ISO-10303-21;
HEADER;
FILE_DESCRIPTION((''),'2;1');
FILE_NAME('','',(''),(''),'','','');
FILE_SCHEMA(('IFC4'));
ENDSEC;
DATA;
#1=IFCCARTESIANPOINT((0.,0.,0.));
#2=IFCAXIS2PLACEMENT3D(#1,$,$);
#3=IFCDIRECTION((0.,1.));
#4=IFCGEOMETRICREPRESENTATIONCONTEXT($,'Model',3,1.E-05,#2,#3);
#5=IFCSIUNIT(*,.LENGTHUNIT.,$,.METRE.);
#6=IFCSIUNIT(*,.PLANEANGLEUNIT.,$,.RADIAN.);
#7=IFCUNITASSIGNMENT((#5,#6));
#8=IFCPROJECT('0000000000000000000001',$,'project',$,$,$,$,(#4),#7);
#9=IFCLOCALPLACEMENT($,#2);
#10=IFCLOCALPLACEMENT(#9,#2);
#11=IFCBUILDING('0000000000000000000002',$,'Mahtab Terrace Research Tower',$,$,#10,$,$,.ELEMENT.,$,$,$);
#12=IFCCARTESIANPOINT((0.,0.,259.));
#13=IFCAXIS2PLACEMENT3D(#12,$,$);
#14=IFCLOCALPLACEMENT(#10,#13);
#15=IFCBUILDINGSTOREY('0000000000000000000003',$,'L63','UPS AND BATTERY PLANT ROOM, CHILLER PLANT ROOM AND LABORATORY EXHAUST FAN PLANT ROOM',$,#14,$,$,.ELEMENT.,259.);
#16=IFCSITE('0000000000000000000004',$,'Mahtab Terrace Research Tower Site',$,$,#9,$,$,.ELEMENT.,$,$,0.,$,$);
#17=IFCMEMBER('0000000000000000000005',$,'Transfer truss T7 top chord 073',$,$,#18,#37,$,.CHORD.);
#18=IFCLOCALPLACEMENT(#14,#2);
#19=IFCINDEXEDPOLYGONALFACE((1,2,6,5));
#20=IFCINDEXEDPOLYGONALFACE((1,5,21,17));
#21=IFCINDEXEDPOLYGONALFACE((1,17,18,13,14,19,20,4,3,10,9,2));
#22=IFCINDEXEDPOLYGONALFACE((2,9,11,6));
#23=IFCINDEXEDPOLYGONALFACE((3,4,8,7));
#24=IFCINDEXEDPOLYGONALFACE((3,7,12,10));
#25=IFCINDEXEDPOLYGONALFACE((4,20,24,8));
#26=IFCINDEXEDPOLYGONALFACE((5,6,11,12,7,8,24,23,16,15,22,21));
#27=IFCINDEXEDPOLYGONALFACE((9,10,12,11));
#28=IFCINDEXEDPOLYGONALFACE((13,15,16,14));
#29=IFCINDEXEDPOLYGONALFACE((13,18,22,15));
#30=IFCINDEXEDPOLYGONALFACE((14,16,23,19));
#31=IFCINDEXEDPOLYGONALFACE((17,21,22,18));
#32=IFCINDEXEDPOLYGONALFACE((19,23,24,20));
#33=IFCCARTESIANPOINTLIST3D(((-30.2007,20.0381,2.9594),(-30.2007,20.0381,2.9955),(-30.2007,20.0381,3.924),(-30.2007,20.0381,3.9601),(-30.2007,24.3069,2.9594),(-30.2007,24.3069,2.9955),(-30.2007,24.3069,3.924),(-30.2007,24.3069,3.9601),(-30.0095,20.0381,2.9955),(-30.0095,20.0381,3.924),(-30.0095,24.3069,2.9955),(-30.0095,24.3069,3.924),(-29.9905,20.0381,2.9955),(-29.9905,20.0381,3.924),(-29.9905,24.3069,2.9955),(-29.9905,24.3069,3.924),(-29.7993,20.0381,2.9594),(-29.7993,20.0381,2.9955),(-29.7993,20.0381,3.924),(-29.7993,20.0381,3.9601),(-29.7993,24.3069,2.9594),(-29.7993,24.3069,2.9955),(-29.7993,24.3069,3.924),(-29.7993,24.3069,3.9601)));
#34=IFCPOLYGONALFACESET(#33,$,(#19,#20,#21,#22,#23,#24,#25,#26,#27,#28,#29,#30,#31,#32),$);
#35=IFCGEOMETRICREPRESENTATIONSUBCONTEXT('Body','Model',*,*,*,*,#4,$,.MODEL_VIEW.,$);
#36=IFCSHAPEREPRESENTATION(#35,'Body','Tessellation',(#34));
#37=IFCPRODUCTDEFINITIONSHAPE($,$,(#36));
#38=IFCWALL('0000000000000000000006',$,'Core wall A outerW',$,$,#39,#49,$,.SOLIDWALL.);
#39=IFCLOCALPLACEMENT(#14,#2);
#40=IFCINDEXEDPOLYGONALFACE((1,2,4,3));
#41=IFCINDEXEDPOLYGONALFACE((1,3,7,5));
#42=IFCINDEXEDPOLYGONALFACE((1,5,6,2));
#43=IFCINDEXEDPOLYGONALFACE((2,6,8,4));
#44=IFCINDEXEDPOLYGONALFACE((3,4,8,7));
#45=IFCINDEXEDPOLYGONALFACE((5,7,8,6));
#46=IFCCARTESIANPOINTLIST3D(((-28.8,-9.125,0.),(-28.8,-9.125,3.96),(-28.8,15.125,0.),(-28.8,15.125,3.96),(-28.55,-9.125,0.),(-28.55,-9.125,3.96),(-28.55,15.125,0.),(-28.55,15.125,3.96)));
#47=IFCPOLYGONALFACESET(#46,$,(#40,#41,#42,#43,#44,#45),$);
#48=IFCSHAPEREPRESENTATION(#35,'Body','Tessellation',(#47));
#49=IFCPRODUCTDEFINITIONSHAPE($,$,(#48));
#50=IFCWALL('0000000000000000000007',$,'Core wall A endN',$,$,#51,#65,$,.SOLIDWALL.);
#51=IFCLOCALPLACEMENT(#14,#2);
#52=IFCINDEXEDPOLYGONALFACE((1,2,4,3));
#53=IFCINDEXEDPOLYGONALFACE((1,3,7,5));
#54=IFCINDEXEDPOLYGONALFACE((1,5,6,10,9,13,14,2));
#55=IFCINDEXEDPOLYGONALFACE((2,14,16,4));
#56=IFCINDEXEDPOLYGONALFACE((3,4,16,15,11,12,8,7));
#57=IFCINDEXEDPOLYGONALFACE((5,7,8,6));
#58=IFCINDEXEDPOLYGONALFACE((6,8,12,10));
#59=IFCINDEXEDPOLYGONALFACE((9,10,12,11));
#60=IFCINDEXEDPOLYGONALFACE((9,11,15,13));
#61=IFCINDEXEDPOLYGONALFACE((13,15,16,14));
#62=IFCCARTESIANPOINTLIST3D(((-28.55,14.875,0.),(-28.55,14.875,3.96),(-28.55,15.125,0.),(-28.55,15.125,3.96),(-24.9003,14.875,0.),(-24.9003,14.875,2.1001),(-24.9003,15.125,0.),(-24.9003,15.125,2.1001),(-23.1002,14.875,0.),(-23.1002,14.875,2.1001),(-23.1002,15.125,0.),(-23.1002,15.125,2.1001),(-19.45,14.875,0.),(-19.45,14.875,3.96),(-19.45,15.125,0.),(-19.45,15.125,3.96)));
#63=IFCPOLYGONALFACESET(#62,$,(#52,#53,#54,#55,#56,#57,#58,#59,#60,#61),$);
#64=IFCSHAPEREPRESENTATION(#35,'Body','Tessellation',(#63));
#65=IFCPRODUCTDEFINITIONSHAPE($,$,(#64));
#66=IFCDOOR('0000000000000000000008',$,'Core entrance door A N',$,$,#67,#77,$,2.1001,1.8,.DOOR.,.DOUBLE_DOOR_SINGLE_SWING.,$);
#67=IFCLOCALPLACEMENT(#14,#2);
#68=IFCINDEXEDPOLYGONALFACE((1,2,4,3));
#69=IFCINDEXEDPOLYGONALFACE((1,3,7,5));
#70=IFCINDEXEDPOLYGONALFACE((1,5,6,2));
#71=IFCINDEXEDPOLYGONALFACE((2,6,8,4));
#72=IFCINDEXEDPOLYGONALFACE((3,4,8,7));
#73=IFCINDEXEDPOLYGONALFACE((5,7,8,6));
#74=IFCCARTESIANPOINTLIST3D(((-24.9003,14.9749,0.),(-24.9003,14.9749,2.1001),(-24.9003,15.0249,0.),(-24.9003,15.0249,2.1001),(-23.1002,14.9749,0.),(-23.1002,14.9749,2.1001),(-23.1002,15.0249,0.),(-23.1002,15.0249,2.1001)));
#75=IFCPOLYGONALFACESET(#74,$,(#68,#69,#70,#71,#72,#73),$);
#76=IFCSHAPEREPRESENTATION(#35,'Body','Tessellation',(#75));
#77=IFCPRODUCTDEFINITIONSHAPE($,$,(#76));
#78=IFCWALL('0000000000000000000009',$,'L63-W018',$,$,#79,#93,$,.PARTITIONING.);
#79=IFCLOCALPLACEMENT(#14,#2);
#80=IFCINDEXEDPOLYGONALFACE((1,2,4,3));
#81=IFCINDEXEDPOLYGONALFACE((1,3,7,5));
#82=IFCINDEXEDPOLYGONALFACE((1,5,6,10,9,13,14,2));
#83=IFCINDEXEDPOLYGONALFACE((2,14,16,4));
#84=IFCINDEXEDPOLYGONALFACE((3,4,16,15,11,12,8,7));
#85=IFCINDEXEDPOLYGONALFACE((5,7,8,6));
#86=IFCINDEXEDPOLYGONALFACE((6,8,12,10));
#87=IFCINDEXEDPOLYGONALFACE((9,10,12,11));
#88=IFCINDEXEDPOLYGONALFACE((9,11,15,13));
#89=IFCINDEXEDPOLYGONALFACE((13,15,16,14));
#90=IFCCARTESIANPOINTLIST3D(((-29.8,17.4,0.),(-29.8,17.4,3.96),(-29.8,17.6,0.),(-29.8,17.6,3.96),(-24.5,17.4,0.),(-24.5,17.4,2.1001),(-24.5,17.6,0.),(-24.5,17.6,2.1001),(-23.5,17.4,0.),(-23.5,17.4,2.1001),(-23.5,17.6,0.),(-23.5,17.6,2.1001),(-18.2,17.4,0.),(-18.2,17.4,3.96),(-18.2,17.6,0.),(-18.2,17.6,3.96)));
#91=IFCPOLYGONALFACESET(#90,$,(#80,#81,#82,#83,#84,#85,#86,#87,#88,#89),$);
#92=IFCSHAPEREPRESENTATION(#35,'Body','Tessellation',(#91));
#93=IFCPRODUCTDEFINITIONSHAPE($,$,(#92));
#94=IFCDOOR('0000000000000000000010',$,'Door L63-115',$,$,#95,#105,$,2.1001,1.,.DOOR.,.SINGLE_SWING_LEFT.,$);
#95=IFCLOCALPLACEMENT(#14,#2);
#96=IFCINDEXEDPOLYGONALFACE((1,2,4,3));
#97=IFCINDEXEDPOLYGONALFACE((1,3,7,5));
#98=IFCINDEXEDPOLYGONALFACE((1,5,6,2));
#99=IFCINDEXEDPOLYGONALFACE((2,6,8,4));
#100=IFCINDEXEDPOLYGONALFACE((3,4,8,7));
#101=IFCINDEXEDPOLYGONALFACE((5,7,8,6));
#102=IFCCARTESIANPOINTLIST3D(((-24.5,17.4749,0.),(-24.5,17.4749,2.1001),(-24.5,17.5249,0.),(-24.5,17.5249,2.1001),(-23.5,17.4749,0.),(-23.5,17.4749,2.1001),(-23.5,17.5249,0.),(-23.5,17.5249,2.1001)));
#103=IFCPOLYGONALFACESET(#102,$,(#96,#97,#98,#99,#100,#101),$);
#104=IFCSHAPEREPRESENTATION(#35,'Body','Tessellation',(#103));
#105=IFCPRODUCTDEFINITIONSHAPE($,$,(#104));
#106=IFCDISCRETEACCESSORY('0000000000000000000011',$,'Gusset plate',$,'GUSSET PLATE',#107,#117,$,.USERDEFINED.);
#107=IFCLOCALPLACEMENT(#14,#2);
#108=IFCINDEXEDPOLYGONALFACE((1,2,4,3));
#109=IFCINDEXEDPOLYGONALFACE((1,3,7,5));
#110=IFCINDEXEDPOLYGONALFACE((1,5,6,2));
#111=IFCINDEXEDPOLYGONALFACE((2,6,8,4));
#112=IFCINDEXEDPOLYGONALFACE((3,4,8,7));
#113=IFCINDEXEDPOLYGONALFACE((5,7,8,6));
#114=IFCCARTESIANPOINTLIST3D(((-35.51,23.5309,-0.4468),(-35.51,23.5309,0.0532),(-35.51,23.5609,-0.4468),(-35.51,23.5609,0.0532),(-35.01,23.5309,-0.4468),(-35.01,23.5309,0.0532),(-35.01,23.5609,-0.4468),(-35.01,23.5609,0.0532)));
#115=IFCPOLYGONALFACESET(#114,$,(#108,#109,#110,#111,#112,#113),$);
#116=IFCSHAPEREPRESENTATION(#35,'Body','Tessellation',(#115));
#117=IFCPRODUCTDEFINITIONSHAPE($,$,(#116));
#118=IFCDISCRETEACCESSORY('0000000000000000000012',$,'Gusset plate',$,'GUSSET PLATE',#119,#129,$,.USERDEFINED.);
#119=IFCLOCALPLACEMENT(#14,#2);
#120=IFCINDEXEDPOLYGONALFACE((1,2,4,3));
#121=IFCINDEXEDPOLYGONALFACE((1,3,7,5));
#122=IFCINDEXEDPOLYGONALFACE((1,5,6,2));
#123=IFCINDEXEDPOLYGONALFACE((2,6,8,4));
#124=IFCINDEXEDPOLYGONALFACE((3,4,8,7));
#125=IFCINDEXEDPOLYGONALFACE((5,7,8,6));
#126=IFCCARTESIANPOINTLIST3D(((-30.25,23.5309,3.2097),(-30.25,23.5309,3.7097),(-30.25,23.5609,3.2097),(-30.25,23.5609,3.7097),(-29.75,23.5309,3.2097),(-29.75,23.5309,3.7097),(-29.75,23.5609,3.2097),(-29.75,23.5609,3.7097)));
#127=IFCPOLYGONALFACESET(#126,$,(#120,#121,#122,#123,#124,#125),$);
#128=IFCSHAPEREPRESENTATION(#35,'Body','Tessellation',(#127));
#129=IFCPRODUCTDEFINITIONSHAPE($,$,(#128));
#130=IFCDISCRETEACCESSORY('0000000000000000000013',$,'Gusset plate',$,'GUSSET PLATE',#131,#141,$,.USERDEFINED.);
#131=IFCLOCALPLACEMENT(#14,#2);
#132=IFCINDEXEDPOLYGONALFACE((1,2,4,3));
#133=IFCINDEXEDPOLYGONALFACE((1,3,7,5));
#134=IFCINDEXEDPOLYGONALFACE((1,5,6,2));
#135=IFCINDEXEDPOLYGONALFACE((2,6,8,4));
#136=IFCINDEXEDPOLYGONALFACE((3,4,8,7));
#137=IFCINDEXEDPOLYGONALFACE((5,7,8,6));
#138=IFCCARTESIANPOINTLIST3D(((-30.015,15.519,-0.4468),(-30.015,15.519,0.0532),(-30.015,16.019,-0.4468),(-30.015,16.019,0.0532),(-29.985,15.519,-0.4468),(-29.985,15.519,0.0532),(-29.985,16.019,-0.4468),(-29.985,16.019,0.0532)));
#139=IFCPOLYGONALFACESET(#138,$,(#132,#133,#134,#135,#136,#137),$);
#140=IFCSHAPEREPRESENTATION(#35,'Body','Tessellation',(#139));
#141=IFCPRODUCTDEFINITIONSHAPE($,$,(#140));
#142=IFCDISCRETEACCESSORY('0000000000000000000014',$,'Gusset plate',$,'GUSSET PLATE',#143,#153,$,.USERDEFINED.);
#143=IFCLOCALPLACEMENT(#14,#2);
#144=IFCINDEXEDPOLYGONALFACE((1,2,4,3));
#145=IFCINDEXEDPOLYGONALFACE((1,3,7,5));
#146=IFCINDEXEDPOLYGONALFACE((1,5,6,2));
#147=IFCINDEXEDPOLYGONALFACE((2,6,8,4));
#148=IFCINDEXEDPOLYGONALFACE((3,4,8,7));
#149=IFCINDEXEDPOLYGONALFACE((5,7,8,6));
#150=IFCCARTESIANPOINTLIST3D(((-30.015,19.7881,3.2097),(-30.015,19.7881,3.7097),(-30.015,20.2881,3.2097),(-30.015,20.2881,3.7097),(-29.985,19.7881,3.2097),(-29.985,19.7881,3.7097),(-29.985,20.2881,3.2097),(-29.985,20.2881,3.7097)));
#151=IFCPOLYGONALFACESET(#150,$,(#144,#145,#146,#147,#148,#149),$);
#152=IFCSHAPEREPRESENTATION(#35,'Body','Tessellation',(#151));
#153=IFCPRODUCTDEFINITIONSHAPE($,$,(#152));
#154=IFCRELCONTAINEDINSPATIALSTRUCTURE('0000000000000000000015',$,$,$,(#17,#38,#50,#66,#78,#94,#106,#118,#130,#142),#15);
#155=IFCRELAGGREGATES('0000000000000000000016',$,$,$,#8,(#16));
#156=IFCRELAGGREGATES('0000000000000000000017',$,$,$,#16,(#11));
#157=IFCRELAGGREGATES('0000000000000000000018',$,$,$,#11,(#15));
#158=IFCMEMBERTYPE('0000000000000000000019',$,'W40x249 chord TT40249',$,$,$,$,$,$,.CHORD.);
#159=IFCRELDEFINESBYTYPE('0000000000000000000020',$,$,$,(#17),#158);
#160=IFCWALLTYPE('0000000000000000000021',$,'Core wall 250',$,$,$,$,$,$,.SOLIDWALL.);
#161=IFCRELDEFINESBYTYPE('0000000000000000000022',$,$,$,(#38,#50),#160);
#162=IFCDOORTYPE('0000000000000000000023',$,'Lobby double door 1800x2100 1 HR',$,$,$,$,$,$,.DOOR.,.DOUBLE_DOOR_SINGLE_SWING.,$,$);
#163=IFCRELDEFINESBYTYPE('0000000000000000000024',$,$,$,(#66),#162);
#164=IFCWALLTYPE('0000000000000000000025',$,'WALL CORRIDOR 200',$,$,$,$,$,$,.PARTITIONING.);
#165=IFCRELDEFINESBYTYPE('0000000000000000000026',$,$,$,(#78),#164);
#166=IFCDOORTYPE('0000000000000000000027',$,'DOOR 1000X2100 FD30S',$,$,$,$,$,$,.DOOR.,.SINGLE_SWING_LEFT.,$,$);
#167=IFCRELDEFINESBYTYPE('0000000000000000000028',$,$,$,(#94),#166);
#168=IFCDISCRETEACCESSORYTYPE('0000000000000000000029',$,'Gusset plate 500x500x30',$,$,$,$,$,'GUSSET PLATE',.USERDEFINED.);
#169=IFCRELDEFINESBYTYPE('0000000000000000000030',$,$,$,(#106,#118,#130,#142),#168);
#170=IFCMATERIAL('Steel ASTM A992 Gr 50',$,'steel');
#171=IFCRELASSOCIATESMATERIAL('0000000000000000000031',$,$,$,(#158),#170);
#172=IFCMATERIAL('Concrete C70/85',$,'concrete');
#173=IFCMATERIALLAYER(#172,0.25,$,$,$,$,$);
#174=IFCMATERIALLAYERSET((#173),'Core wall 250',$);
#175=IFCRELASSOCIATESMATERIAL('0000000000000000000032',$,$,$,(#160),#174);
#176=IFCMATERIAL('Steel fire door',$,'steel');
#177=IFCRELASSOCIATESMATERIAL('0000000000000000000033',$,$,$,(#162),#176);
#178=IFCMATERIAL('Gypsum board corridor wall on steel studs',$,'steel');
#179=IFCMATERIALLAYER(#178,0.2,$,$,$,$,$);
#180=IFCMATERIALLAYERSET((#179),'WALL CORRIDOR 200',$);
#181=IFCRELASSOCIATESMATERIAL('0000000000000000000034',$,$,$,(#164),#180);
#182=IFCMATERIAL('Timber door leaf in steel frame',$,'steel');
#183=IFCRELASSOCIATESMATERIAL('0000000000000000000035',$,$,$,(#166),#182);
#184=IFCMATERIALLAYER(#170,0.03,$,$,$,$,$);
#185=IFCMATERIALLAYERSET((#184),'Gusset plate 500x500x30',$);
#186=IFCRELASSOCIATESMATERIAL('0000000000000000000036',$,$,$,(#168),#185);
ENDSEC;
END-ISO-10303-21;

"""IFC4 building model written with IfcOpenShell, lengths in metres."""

from ifc_helpers import new_model, si_unit, direction, frame, frame_2d, origin, origin_2d, place, context, subcontext, project, spatial, rectangle, i_section, extrude, material, layer, layer_set, material_profile, profile_set, type_object, element, fill, save


model = new_model("IFC4")

# Units and contexts
model_context = context("Model", 3, precision=1e-05, world=origin(), true_north=direction((0.0, 1.0)))
body_context = subcontext(model_context, "Body", "Model", "MODEL_VIEW")
ifc_project = project(units=[si_unit("LENGTHUNIT", "METRE"), si_unit("PLANEANGLEUNIT", "RADIAN")], contexts=[model_context])

# Site, building, storey
site_placement = place(None, origin())
site = spatial("IfcSite", under=ifc_project, at=site_placement, Name="Mahtab Terrace Research Tower Site", CompositionType="ELEMENT", RefElevation=0.0)
building_placement = place(site_placement, origin())
building = spatial("IfcBuilding", under=site, at=building_placement, Name="Mahtab Terrace Research Tower", CompositionType="ELEMENT")
storey_placement = place(building_placement, frame((0.0, 0.0, 259.0)))
storey = spatial("IfcBuildingStorey", under=building, at=storey_placement, Name="L63", Description="UPS AND BATTERY PLANT ROOM, CHILLER PLANT ROOM AND LABORATORY EXHAUST FAN PLANT ROOM", CompositionType="ELEMENT", Elevation=259.0)

# Member
ifc_material_1 = material(Name="Steel ASTM A992 Gr 50", Category="steel")
ifc_material_profile_1 = material_profile(ifc_material_1, i_section(OverallWidth=0.4014, OverallDepth=1.0007, WebThickness=0.019, FlangeThickness=0.0361, at=origin_2d()), Name="W40X249")
ifc_profile_set_1 = profile_set([ifc_material_profile_1], Name="Steel ASTM A992 Gr 50")
member_type_1 = type_object("IfcMemberType", Name="W40x249 chord TT40249", PredefinedType="CHORD", material=ifc_profile_set_1)
member_1_placement = place(storey_placement, frame((-30.0, 20.0381, 3.4597), z_axis=(0.0, 1.0, 0.0), x_axis=(-1.0, 0.0, 0.0)))
element("IfcMember", 1, at=member_1_placement, inside=storey, type_object=member_type_1, Name="Transfer truss T7 top chord 073", PredefinedType="CHORD", context=body_context, shape_type="SweptSolid", body=[
    extrude(i_section(OverallWidth=0.4014, OverallDepth=1.0007, WebThickness=0.019, FlangeThickness=0.0361, at=origin_2d()), origin(), (0.0, 0.0, 1.0), 4.2688),
])

# Wall
ifc_material_2 = material(Name="Concrete C70/85", Category="concrete")
ifc_layer_1 = layer(ifc_material_2, 0.25)
ifc_layer_set_1 = layer_set([ifc_layer_1], Name="Core wall 250")
wall_type_1 = type_object("IfcWallType", Name="Core wall 250", PredefinedType="SOLIDWALL", material=ifc_layer_set_1)
wall_1_placement = place(storey_placement, frame((-28.675, 15.125, 0.0), z_axis=(0.0, 0.0, 1.0), x_axis=(0.0, -1.0, 0.0)))
element("IfcWall", 2, at=wall_1_placement, inside=storey, type_object=wall_type_1, Name="Core wall A outerW", PredefinedType="SOLIDWALL", context=body_context, shape_type="SweptSolid", body=[
    extrude(rectangle(XDim=24.25, YDim=0.25, at=frame_2d((12.125, 0.0))), origin(), (0.0, 0.0, 1.0), 3.96),
])

# Walls, openings, doors
wall_2_placement = place(storey_placement, frame((-28.55, 15.0, 0.0), z_axis=(0.0, 0.0, 1.0), x_axis=(1.0, 0.0, 0.0)))
wall_2 = element("IfcWall", 3, at=wall_2_placement, inside=storey, type_object=wall_type_1, Name="Core wall A endN", PredefinedType="SOLIDWALL", context=body_context, shape_type="SweptSolid", body=[
    extrude(rectangle(XDim=9.1001, YDim=0.25, at=frame_2d((4.55, 0.0))), origin(), (0.0, 0.0, 1.0), 3.96),
])
opening_1_placement = place(wall_2_placement, frame((3.6499, 0.0, 0.0)))
opening_1 = element("IfcOpeningElement", 4, at=opening_1_placement, cuts=wall_2, PredefinedType="OPENING", context=body_context, shape_type="SweptSolid", body=[
    extrude(rectangle(XDim=1.8, YDim=2.1001, at=frame_2d((0.8999, 1.05))), frame((0.0, 0.135, 0.0), z_axis=(0.0, -1.0, 0.0), x_axis=(1.0, 0.0, 0.0)), (0.0, 0.0, 1.0), 0.27),
])
ifc_material_3 = material(Name="Steel fire door", Category="steel")
door_type_1 = type_object("IfcDoorType", Name="Lobby double door 1800x2100 1 HR", OperationType="DOUBLE_DOOR_SINGLE_SWING", PredefinedType="DOOR", material=ifc_material_3)
door_1_placement = place(opening_1_placement, origin())
door_1 = element("IfcDoor", 5, at=door_1_placement, inside=storey, type_object=door_type_1, Name="Core entrance door A N", OperationType="DOUBLE_DOOR_SINGLE_SWING", OverallHeight=2.1001, OverallWidth=1.8, PredefinedType="DOOR", context=body_context, shape_type="SweptSolid", body=[
    extrude(rectangle(XDim=1.8, YDim=2.1001, at=frame_2d((0.8999, 1.05))), frame((0.0, 0.0249, 0.0), z_axis=(0.0, -1.0, 0.0), x_axis=(1.0, 0.0, 0.0)), (0.0, 0.0, 1.0), 0.05),
])
fill(opening_1, door_1)
ifc_material_4 = material(Name="Gypsum board corridor wall on steel studs", Category="steel")
ifc_layer_2 = layer(ifc_material_4, 0.2)
ifc_layer_set_2 = layer_set([ifc_layer_2], Name="WALL CORRIDOR 200")
wall_type_2 = type_object("IfcWallType", Name="WALL CORRIDOR 200", PredefinedType="PARTITIONING", material=ifc_layer_set_2)
wall_3_placement = place(storey_placement, frame((-29.8, 17.5, 0.0), z_axis=(0.0, 0.0, 1.0), x_axis=(1.0, 0.0, 0.0)))
wall_3 = element("IfcWall", 6, at=wall_3_placement, inside=storey, type_object=wall_type_2, Name="L63-W018", PredefinedType="PARTITIONING", context=body_context, shape_type="SweptSolid", body=[
    extrude(rectangle(XDim=11.6001, YDim=0.2, at=frame_2d((5.8, 0.0))), origin(), (0.0, 0.0, 1.0), 3.96),
])
opening_2_placement = place(wall_3_placement, frame((5.3, 0.0, 0.0)))
opening_2 = element("IfcOpeningElement", 7, at=opening_2_placement, cuts=wall_3, PredefinedType="OPENING", context=body_context, shape_type="SweptSolid", body=[
    extrude(rectangle(XDim=1.0, YDim=2.1001, at=frame_2d((0.5, 1.05))), frame((0.0, 0.1099, 0.0), z_axis=(0.0, -1.0, 0.0), x_axis=(1.0, 0.0, 0.0)), (0.0, 0.0, 1.0), 0.22),
])
ifc_material_5 = material(Name="Timber door leaf in steel frame", Category="steel")
door_type_2 = type_object("IfcDoorType", Name="DOOR 1000X2100 FD30S", OperationType="SINGLE_SWING_LEFT", PredefinedType="DOOR", material=ifc_material_5)
door_2_placement = place(opening_2_placement, origin())
door_2 = element("IfcDoor", 8, at=door_2_placement, inside=storey, type_object=door_type_2, Name="Door L63-115", OperationType="SINGLE_SWING_LEFT", OverallHeight=2.1001, OverallWidth=1.0, PredefinedType="DOOR", context=body_context, shape_type="SweptSolid", body=[
    extrude(rectangle(XDim=1.0, YDim=2.1001, at=frame_2d((0.5, 1.05))), frame((0.0, 0.0249, 0.0), z_axis=(0.0, -1.0, 0.0), x_axis=(1.0, 0.0, 0.0)), (0.0, 0.0, 1.0), 0.05),
])
fill(opening_2, door_2)

# Discrete accessories
ifc_layer_3 = layer(ifc_material_1, 0.03)
ifc_layer_set_3 = layer_set([ifc_layer_3], Name="Gusset plate 500x500x30")
discrete_accessory_type = type_object("IfcDiscreteAccessoryType", Name="Gusset plate 500x500x30", ElementType="GUSSET PLATE", PredefinedType="USERDEFINED", material=ifc_layer_set_3)
for number, where, z_axis, x_axis, name in (
    (9, (-35.26, 23.5459, -0.4468), (0.0, 0.0, 1.0), (1.0, 0.0, 0.0), "Gusset plate"),
    (10, (-30.0, 23.5459, 3.2097), (0.0, 0.0, 1.0), (1.0, 0.0, 0.0), "Gusset plate"),
    (11, (-30.0, 15.769, -0.4468), (0.0, 0.0, 1.0), (0.0, 1.0, 0.0), "Gusset plate"),
    (12, (-30.0, 20.0381, 3.2097), (0.0, 0.0, 1.0), (0.0, 1.0, 0.0), "Gusset plate"),
):
    element("IfcDiscreteAccessory", number, at=place(storey_placement, frame(where, z_axis=z_axis, x_axis=x_axis)), inside=storey, type_object=discrete_accessory_type, Name=name, ObjectType="GUSSET PLATE", PredefinedType="USERDEFINED", context=body_context, shape_type="SweptSolid", body=[
        extrude(rectangle(XDim=0.5, YDim=0.03, at=origin_2d()), origin(), (0.0, 0.0, 1.0), 0.5),
    ])

save(model, "model.ifc")
